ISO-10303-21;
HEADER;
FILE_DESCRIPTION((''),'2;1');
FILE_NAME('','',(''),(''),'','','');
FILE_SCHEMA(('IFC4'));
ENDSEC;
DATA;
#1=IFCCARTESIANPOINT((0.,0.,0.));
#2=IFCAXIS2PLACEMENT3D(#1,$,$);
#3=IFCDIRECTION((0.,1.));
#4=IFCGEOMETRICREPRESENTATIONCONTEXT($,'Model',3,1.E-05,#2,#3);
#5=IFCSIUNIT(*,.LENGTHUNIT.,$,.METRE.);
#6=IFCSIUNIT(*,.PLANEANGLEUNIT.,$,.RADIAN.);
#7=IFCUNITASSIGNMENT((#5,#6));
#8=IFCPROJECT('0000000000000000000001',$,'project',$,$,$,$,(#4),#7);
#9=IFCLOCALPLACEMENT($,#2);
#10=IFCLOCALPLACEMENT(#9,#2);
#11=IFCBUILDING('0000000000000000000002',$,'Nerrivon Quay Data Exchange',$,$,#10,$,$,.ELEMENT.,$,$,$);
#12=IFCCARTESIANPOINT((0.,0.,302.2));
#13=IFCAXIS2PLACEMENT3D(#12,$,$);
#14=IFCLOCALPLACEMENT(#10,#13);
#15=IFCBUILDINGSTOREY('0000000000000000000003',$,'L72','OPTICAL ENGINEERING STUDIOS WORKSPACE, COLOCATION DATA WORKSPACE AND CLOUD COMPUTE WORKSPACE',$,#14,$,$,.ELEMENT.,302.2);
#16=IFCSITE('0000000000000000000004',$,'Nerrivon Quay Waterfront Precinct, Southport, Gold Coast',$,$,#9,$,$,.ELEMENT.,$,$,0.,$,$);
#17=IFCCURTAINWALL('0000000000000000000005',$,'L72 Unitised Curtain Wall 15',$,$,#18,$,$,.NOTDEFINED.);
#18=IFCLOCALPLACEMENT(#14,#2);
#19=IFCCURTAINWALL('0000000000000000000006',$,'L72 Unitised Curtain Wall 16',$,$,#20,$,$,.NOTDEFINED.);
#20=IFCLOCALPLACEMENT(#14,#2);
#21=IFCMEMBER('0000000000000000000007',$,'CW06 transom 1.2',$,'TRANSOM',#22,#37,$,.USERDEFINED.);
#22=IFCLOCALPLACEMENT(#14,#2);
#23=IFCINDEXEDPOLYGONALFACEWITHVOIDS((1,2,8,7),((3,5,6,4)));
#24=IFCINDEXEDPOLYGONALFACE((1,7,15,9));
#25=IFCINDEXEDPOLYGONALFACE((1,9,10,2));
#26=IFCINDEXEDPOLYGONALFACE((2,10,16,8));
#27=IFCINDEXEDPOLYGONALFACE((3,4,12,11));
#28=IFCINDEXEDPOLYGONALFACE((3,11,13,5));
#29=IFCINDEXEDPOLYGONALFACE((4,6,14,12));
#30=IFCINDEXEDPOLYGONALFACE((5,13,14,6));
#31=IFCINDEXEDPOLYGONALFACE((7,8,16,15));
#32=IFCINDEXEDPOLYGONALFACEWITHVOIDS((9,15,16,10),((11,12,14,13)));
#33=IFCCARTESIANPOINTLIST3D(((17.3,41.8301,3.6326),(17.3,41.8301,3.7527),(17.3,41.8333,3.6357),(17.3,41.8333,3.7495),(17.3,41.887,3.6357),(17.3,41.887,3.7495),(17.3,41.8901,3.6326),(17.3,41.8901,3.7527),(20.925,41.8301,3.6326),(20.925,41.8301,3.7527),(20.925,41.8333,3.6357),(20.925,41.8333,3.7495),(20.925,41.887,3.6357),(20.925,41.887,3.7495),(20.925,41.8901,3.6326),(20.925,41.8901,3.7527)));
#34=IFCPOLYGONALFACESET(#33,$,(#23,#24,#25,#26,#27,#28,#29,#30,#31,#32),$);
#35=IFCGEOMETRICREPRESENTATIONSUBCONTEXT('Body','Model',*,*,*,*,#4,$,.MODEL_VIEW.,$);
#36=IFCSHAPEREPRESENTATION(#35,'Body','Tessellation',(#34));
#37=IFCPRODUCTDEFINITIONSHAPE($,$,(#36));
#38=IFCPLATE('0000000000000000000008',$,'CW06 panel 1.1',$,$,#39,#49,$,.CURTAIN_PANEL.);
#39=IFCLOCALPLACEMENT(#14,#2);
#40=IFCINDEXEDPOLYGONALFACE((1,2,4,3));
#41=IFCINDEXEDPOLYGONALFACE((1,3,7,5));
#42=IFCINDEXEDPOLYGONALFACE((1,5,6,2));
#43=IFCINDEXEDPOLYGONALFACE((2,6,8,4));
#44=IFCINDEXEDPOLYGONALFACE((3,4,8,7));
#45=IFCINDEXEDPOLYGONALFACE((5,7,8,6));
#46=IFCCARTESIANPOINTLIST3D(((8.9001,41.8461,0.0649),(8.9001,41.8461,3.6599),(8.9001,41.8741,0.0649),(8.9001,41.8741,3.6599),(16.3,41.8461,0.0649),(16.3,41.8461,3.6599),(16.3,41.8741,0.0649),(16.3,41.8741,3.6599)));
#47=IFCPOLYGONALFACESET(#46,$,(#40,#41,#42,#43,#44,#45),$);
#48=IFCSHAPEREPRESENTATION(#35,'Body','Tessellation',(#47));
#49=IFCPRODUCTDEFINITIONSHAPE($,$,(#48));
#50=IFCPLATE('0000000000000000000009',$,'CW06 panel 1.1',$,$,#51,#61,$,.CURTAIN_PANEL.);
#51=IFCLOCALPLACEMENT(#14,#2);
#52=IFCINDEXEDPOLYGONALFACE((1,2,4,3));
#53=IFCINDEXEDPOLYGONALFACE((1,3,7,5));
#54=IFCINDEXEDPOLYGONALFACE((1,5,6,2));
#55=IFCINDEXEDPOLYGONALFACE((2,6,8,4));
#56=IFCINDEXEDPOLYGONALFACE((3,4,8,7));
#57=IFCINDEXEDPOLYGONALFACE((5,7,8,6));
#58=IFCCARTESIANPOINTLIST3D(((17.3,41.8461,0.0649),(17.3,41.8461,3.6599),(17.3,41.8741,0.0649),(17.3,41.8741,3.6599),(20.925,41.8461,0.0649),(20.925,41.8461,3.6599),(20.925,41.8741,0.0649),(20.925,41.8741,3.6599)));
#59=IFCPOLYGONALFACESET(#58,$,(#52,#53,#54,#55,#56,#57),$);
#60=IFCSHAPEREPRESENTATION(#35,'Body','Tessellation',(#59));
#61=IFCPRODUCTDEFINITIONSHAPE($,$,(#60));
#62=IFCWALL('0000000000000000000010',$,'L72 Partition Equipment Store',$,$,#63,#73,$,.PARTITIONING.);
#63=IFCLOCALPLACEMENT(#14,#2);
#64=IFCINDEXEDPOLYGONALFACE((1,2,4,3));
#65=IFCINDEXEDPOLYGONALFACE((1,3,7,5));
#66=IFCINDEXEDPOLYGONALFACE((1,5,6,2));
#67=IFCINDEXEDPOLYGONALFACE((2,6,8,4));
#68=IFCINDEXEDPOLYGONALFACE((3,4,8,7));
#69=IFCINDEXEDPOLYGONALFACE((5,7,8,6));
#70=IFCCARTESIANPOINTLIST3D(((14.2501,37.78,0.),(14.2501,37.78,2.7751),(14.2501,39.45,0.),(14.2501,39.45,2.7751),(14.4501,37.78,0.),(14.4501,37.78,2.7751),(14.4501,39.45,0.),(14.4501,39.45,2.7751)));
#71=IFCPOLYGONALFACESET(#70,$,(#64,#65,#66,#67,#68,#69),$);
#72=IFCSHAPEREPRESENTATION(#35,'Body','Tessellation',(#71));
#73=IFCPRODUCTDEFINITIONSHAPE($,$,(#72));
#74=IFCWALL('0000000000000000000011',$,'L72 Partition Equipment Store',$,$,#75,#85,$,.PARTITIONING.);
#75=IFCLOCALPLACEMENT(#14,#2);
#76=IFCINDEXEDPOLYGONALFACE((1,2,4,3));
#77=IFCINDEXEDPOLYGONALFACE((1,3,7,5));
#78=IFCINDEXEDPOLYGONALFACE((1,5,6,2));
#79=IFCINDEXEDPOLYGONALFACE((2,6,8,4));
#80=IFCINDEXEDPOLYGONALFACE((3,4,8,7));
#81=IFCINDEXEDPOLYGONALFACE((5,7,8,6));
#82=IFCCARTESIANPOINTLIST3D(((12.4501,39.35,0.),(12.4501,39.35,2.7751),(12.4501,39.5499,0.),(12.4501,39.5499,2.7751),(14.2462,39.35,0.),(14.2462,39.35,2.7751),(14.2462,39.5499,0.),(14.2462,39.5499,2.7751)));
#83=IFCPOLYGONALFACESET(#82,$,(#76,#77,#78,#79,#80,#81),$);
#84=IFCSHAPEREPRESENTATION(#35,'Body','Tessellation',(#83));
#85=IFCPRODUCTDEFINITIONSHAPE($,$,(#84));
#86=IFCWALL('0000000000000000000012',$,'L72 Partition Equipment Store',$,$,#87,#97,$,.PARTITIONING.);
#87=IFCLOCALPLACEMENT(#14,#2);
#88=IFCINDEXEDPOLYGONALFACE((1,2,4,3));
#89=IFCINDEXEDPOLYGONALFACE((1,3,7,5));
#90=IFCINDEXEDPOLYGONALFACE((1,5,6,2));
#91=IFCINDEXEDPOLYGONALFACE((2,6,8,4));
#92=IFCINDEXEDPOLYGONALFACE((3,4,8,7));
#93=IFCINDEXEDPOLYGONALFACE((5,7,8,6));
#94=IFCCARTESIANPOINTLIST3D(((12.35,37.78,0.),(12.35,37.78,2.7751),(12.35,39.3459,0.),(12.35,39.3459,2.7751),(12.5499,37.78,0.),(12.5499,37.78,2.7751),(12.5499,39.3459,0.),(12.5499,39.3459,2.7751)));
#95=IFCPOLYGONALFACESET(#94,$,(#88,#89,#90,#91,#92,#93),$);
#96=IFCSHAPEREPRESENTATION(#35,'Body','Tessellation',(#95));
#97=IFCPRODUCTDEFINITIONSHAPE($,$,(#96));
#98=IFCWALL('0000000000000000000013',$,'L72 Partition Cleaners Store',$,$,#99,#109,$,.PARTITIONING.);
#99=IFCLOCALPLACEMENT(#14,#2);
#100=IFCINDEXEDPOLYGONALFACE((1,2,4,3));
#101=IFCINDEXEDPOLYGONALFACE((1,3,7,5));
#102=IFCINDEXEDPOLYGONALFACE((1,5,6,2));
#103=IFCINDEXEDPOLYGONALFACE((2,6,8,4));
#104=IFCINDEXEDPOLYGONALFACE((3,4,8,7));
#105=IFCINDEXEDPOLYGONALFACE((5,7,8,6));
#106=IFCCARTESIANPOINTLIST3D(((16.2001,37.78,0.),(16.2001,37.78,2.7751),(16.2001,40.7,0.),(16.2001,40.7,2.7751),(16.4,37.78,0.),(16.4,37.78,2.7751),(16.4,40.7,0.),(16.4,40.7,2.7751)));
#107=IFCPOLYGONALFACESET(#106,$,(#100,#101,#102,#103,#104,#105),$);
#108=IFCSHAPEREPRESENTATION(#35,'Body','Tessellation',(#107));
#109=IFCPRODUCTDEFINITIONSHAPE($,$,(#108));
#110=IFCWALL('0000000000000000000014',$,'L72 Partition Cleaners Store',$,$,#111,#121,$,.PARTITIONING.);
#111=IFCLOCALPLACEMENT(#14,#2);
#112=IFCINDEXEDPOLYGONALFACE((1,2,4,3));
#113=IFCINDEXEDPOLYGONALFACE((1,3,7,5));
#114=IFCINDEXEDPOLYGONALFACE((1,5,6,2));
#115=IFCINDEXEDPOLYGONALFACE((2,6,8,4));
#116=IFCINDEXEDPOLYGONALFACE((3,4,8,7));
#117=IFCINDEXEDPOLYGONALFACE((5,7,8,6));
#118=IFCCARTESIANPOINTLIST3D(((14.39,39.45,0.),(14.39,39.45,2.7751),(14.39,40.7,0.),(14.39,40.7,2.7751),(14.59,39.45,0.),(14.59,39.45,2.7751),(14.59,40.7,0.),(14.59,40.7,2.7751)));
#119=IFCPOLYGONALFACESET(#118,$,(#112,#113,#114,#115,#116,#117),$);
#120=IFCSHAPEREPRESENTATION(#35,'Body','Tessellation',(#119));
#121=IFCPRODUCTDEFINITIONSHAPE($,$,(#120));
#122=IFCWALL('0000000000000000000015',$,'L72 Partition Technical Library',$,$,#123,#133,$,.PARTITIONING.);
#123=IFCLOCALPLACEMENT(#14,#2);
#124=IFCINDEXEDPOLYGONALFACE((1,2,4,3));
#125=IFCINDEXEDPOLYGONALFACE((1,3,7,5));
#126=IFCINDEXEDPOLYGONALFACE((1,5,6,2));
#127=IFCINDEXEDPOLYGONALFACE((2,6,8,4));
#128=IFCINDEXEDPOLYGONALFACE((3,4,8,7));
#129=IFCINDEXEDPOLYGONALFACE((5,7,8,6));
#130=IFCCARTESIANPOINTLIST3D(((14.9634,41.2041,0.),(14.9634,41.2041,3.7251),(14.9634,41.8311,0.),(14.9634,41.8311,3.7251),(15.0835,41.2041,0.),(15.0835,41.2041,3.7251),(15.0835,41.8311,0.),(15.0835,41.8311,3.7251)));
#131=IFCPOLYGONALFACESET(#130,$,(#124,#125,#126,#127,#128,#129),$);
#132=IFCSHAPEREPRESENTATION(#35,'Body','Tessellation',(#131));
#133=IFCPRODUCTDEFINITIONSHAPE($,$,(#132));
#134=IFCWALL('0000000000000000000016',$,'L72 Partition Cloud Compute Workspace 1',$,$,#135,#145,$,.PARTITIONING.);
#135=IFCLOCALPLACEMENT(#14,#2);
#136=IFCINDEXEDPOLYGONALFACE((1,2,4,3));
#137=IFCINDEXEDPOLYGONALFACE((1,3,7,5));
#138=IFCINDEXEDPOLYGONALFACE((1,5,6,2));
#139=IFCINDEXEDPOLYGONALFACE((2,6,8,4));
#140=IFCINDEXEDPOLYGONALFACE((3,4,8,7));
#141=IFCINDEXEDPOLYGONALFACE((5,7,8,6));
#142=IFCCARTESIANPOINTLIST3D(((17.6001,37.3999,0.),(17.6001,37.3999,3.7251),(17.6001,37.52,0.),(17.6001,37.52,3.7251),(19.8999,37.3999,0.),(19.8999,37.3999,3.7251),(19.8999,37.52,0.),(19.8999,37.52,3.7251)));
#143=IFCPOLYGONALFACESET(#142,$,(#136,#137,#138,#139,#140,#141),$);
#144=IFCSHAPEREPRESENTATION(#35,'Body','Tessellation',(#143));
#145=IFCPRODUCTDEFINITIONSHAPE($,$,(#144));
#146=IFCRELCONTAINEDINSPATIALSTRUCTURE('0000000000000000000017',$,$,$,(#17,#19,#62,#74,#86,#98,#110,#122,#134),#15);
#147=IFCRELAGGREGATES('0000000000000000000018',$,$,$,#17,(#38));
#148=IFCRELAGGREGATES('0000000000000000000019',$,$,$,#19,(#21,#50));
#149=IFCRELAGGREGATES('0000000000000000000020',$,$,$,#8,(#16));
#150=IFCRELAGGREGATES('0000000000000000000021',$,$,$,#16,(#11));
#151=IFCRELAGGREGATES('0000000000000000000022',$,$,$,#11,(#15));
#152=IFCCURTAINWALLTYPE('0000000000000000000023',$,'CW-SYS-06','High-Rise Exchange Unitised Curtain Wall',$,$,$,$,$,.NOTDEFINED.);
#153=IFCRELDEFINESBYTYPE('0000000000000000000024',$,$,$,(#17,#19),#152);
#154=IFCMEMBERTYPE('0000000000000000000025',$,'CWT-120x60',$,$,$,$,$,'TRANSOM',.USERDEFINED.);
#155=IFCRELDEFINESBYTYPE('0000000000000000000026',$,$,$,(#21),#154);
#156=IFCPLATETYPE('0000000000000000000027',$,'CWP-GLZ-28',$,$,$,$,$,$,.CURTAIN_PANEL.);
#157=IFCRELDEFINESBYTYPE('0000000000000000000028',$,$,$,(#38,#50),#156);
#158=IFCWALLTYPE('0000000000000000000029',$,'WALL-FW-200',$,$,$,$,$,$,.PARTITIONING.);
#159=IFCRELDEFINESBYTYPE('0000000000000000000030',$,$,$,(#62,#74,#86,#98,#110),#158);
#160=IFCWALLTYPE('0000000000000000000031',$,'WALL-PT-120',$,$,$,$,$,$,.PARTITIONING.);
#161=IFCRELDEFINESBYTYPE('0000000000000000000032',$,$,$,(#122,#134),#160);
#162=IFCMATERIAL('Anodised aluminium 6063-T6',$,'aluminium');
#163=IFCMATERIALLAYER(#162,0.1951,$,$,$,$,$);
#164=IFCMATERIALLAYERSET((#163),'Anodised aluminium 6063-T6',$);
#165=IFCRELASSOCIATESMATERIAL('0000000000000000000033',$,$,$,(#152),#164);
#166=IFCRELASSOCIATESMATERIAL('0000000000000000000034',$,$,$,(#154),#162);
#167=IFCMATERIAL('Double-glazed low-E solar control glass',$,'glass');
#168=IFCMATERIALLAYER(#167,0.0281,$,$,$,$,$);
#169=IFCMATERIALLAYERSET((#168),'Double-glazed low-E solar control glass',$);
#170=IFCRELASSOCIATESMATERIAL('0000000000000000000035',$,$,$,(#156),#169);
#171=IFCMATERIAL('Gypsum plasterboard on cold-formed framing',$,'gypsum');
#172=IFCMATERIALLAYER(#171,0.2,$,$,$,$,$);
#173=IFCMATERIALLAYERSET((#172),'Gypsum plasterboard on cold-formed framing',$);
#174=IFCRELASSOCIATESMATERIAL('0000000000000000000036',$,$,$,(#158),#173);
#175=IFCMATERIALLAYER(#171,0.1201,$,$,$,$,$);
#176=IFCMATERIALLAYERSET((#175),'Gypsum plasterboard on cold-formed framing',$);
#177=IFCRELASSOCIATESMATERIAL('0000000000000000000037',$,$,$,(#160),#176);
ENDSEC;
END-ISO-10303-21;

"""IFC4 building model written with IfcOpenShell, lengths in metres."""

from ifc_helpers import new_model, si_unit, direction, frame, frame_2d, origin, origin_2d, place, context, subcontext, project, spatial, rectangle, hollow_rectangle, extrude, material, layer, layer_set, material_profile, profile_set, type_object, element, aggregate, save


model = new_model("IFC4")

# Units and contexts
model_context = context("Model", 3, precision=1e-05, world=origin(), true_north=direction((0.0, 1.0)))
body_context = subcontext(model_context, "Body", "Model", "MODEL_VIEW")
ifc_project = project(units=[si_unit("LENGTHUNIT", "METRE"), si_unit("PLANEANGLEUNIT", "RADIAN")], contexts=[model_context])

# Site, building, storey
site_placement = place(None, origin())
site = spatial("IfcSite", under=ifc_project, at=site_placement, Name="Nerrivon Quay Waterfront Precinct, Southport, Gold Coast", CompositionType="ELEMENT", RefElevation=0.0)
building_placement = place(site_placement, origin())
building = spatial("IfcBuilding", under=site, at=building_placement, Name="Nerrivon Quay Data Exchange", CompositionType="ELEMENT")
storey_placement = place(building_placement, frame((0.0, 0.0, 302.2)))
storey = spatial("IfcBuildingStorey", under=building, at=storey_placement, Name="L72", Description="OPTICAL ENGINEERING STUDIOS WORKSPACE, COLOCATION DATA WORKSPACE AND CLOUD COMPUTE WORKSPACE", CompositionType="ELEMENT", Elevation=302.2)

# Curtain wall
ifc_material_1 = material(Name="Anodised aluminium 6063-T6", Category="aluminium")
ifc_layer_1 = layer(ifc_material_1, 0.1951)
ifc_layer_set_1 = layer_set([ifc_layer_1], Name="Anodised aluminium 6063-T6")
curtain_wall_type = type_object("IfcCurtainWallType", Name="CW-SYS-06", Description="High-Rise Exchange Unitised Curtain Wall", PredefinedType="NOTDEFINED", material=ifc_layer_set_1)
curtain_wall_1_placement = place(storey_placement, origin())
curtain_wall_1 = element("IfcCurtainWall", 1, at=curtain_wall_1_placement, inside=storey, type_object=curtain_wall_type, Name="L72 Unitised Curtain Wall 15", PredefinedType="NOTDEFINED")

# Curtain wall, member
curtain_wall_2_placement = place(storey_placement, origin())
curtain_wall_2 = element("IfcCurtainWall", 2, at=curtain_wall_2_placement, inside=storey, type_object=curtain_wall_type, Name="L72 Unitised Curtain Wall 16", PredefinedType="NOTDEFINED")
ifc_material_profile_1 = material_profile(ifc_material_1, hollow_rectangle(XDim=0.0601, YDim=0.1201, WallThickness=0.0032, at=origin_2d()), Name="ALU-TRAN-120x60")
ifc_profile_set_1 = profile_set([ifc_material_profile_1], Name="Anodised aluminium 6063-T6")
member_type_1 = type_object("IfcMemberType", Name="CWT-120x60", ElementType="TRANSOM", PredefinedType="USERDEFINED", material=ifc_profile_set_1)
member_1_placement = place(storey_placement, frame((17.3, 41.8601, 3.6926), z_axis=(1.0, 0.0, 0.0), x_axis=(0.0, 1.0, 0.0)))
member_1 = element("IfcMember", 3, at=member_1_placement, type_object=member_type_1, Name="CW06 transom 1.2", ObjectType="TRANSOM", PredefinedType="USERDEFINED", context=body_context, shape_type="SweptSolid", body=[
    extrude(hollow_rectangle(XDim=0.0601, YDim=0.1201, WallThickness=0.0032, at=origin_2d()), origin(), (0.0, 0.0, 1.0), 3.625),
])

# Plates
ifc_material_2 = material(Name="Double-glazed low-E solar control glass", Category="glass")
ifc_layer_2 = layer(ifc_material_2, 0.0281)
ifc_layer_set_2 = layer_set([ifc_layer_2], Name="Double-glazed low-E solar control glass")
plate_type = type_object("IfcPlateType", Name="CWP-GLZ-28", PredefinedType="CURTAIN_PANEL", material=ifc_layer_set_2)
plate_1_placement = place(storey_placement, frame((12.6001, 41.8601, 0.0649), z_axis=(0.0, 0.0, 1.0), x_axis=(1.0, 0.0, 0.0)))
plate_1 = element("IfcPlate", 4, at=plate_1_placement, type_object=plate_type, Name="CW06 panel 1.1", PredefinedType="CURTAIN_PANEL", context=body_context, shape_type="SweptSolid", body=[
    extrude(rectangle(XDim=7.3999, YDim=0.0281, at=origin_2d()), origin(), (0.0, 0.0, 1.0), 3.595),
])
aggregate(curtain_wall_1, [plate_1])
plate_2_placement = place(storey_placement, frame((19.1125, 41.8601, 0.0649), z_axis=(0.0, 0.0, 1.0), x_axis=(1.0, 0.0, 0.0)))
plate_2 = element("IfcPlate", 5, at=plate_2_placement, type_object=plate_type, Name="CW06 panel 1.1", PredefinedType="CURTAIN_PANEL", context=body_context, shape_type="SweptSolid", body=[
    extrude(rectangle(XDim=3.625, YDim=0.0281, at=origin_2d()), origin(), (0.0, 0.0, 1.0), 3.595),
])
aggregate(curtain_wall_2, [member_1, plate_2])

# Shared definitions
ifc_material_3 = material(Name="Gypsum plasterboard on cold-formed framing", Category="gypsum")
ifc_layer_3 = layer(ifc_material_3, 0.2)
ifc_layer_set_3 = layer_set([ifc_layer_3], Name="Gypsum plasterboard on cold-formed framing")
wall_type_1 = type_object("IfcWallType", Name="WALL-FW-200", PredefinedType="PARTITIONING", material=ifc_layer_set_3)

# Walls
wall_1_placement = place(storey_placement, frame((14.3501, 37.78, 0.0), z_axis=(0.0, 0.0, 1.0), x_axis=(0.0, 1.0, 0.0)))
element("IfcWall", 6, at=wall_1_placement, inside=storey, type_object=wall_type_1, Name="L72 Partition Equipment Store", PredefinedType="PARTITIONING", context=body_context, shape_type="SweptSolid", body=[
    extrude(rectangle(XDim=1.6699, YDim=0.2, at=frame_2d((0.835, 0.0))), origin(), (0.0, 0.0, 1.0), 2.7751),
])
wall_2_placement = place(storey_placement, frame((14.2461, 39.45, 0.0), z_axis=(0.0, 0.0, 1.0), x_axis=(-1.0, 0.0, 0.0)))
element("IfcWall", 7, at=wall_2_placement, inside=storey, type_object=wall_type_1, Name="L72 Partition Equipment Store", PredefinedType="PARTITIONING", context=body_context, shape_type="SweptSolid", body=[
    extrude(rectangle(XDim=1.7961, YDim=0.2, at=frame_2d((0.8979, 0.0))), origin(), (0.0, 0.0, 1.0), 2.7751),
])
wall_3_placement = place(storey_placement, frame((12.45, 39.3459, 0.0), z_axis=(0.0, 0.0, 1.0), x_axis=(0.0, -1.0, 0.0)))
element("IfcWall", 8, at=wall_3_placement, inside=storey, type_object=wall_type_1, Name="L72 Partition Equipment Store", PredefinedType="PARTITIONING", context=body_context, shape_type="SweptSolid", body=[
    extrude(rectangle(XDim=1.5659, YDim=0.2, at=frame_2d((0.783, 0.0))), origin(), (0.0, 0.0, 1.0), 2.7751),
])
wall_4_placement = place(storey_placement, frame((16.3, 37.78, 0.0), z_axis=(0.0, 0.0, 1.0), x_axis=(0.0, 1.0, 0.0)))
element("IfcWall", 9, at=wall_4_placement, inside=storey, type_object=wall_type_1, Name="L72 Partition Cleaners Store", PredefinedType="PARTITIONING", context=body_context, shape_type="SweptSolid", body=[
    extrude(rectangle(XDim=2.9199, YDim=0.2, at=frame_2d((1.46, 0.0))), origin(), (0.0, 0.0, 1.0), 2.7751),
])
wall_5_placement = place(storey_placement, frame((14.49, 40.7, 0.0), z_axis=(0.0, 0.0, 1.0), x_axis=(0.0, -1.0, 0.0)))
element("IfcWall", 10, at=wall_5_placement, inside=storey, type_object=wall_type_1, Name="L72 Partition Cleaners Store", PredefinedType="PARTITIONING", context=body_context, shape_type="SweptSolid", body=[
    extrude(rectangle(XDim=1.25, YDim=0.2, at=frame_2d((0.625, 0.0))), origin(), (0.0, 0.0, 1.0), 2.7751),
])
ifc_layer_4 = layer(ifc_material_3, 0.1201)
ifc_layer_set_4 = layer_set([ifc_layer_4], Name="Gypsum plasterboard on cold-formed framing")
wall_type_2 = type_object("IfcWallType", Name="WALL-PT-120", PredefinedType="PARTITIONING", material=ifc_layer_set_4)
wall_6_placement = place(storey_placement, frame((15.0234, 41.2041, 0.0), z_axis=(0.0, 0.0, 1.0), x_axis=(0.0, 1.0, 0.0)))
element("IfcWall", 11, at=wall_6_placement, inside=storey, type_object=wall_type_2, Name="L72 Partition Technical Library", PredefinedType="PARTITIONING", context=body_context, shape_type="SweptSolid", body=[
    extrude(rectangle(XDim=0.627, YDim=0.1201, at=frame_2d((0.3135, 0.0))), origin(), (0.0, 0.0, 1.0), 3.7251),
])
wall_7_placement = place(storey_placement, frame((17.6001, 37.46, 0.0), z_axis=(0.0, 0.0, 1.0), x_axis=(1.0, 0.0, 0.0)))
element("IfcWall", 12, at=wall_7_placement, inside=storey, type_object=wall_type_2, Name="L72 Partition Cloud Compute Workspace 1", PredefinedType="PARTITIONING", context=body_context, shape_type="SweptSolid", body=[
    extrude(rectangle(XDim=2.2998, YDim=0.1201, at=frame_2d((1.1499, 0.0))), origin(), (0.0, 0.0, 1.0), 3.7251),
])

save(model, "model.ifc")
